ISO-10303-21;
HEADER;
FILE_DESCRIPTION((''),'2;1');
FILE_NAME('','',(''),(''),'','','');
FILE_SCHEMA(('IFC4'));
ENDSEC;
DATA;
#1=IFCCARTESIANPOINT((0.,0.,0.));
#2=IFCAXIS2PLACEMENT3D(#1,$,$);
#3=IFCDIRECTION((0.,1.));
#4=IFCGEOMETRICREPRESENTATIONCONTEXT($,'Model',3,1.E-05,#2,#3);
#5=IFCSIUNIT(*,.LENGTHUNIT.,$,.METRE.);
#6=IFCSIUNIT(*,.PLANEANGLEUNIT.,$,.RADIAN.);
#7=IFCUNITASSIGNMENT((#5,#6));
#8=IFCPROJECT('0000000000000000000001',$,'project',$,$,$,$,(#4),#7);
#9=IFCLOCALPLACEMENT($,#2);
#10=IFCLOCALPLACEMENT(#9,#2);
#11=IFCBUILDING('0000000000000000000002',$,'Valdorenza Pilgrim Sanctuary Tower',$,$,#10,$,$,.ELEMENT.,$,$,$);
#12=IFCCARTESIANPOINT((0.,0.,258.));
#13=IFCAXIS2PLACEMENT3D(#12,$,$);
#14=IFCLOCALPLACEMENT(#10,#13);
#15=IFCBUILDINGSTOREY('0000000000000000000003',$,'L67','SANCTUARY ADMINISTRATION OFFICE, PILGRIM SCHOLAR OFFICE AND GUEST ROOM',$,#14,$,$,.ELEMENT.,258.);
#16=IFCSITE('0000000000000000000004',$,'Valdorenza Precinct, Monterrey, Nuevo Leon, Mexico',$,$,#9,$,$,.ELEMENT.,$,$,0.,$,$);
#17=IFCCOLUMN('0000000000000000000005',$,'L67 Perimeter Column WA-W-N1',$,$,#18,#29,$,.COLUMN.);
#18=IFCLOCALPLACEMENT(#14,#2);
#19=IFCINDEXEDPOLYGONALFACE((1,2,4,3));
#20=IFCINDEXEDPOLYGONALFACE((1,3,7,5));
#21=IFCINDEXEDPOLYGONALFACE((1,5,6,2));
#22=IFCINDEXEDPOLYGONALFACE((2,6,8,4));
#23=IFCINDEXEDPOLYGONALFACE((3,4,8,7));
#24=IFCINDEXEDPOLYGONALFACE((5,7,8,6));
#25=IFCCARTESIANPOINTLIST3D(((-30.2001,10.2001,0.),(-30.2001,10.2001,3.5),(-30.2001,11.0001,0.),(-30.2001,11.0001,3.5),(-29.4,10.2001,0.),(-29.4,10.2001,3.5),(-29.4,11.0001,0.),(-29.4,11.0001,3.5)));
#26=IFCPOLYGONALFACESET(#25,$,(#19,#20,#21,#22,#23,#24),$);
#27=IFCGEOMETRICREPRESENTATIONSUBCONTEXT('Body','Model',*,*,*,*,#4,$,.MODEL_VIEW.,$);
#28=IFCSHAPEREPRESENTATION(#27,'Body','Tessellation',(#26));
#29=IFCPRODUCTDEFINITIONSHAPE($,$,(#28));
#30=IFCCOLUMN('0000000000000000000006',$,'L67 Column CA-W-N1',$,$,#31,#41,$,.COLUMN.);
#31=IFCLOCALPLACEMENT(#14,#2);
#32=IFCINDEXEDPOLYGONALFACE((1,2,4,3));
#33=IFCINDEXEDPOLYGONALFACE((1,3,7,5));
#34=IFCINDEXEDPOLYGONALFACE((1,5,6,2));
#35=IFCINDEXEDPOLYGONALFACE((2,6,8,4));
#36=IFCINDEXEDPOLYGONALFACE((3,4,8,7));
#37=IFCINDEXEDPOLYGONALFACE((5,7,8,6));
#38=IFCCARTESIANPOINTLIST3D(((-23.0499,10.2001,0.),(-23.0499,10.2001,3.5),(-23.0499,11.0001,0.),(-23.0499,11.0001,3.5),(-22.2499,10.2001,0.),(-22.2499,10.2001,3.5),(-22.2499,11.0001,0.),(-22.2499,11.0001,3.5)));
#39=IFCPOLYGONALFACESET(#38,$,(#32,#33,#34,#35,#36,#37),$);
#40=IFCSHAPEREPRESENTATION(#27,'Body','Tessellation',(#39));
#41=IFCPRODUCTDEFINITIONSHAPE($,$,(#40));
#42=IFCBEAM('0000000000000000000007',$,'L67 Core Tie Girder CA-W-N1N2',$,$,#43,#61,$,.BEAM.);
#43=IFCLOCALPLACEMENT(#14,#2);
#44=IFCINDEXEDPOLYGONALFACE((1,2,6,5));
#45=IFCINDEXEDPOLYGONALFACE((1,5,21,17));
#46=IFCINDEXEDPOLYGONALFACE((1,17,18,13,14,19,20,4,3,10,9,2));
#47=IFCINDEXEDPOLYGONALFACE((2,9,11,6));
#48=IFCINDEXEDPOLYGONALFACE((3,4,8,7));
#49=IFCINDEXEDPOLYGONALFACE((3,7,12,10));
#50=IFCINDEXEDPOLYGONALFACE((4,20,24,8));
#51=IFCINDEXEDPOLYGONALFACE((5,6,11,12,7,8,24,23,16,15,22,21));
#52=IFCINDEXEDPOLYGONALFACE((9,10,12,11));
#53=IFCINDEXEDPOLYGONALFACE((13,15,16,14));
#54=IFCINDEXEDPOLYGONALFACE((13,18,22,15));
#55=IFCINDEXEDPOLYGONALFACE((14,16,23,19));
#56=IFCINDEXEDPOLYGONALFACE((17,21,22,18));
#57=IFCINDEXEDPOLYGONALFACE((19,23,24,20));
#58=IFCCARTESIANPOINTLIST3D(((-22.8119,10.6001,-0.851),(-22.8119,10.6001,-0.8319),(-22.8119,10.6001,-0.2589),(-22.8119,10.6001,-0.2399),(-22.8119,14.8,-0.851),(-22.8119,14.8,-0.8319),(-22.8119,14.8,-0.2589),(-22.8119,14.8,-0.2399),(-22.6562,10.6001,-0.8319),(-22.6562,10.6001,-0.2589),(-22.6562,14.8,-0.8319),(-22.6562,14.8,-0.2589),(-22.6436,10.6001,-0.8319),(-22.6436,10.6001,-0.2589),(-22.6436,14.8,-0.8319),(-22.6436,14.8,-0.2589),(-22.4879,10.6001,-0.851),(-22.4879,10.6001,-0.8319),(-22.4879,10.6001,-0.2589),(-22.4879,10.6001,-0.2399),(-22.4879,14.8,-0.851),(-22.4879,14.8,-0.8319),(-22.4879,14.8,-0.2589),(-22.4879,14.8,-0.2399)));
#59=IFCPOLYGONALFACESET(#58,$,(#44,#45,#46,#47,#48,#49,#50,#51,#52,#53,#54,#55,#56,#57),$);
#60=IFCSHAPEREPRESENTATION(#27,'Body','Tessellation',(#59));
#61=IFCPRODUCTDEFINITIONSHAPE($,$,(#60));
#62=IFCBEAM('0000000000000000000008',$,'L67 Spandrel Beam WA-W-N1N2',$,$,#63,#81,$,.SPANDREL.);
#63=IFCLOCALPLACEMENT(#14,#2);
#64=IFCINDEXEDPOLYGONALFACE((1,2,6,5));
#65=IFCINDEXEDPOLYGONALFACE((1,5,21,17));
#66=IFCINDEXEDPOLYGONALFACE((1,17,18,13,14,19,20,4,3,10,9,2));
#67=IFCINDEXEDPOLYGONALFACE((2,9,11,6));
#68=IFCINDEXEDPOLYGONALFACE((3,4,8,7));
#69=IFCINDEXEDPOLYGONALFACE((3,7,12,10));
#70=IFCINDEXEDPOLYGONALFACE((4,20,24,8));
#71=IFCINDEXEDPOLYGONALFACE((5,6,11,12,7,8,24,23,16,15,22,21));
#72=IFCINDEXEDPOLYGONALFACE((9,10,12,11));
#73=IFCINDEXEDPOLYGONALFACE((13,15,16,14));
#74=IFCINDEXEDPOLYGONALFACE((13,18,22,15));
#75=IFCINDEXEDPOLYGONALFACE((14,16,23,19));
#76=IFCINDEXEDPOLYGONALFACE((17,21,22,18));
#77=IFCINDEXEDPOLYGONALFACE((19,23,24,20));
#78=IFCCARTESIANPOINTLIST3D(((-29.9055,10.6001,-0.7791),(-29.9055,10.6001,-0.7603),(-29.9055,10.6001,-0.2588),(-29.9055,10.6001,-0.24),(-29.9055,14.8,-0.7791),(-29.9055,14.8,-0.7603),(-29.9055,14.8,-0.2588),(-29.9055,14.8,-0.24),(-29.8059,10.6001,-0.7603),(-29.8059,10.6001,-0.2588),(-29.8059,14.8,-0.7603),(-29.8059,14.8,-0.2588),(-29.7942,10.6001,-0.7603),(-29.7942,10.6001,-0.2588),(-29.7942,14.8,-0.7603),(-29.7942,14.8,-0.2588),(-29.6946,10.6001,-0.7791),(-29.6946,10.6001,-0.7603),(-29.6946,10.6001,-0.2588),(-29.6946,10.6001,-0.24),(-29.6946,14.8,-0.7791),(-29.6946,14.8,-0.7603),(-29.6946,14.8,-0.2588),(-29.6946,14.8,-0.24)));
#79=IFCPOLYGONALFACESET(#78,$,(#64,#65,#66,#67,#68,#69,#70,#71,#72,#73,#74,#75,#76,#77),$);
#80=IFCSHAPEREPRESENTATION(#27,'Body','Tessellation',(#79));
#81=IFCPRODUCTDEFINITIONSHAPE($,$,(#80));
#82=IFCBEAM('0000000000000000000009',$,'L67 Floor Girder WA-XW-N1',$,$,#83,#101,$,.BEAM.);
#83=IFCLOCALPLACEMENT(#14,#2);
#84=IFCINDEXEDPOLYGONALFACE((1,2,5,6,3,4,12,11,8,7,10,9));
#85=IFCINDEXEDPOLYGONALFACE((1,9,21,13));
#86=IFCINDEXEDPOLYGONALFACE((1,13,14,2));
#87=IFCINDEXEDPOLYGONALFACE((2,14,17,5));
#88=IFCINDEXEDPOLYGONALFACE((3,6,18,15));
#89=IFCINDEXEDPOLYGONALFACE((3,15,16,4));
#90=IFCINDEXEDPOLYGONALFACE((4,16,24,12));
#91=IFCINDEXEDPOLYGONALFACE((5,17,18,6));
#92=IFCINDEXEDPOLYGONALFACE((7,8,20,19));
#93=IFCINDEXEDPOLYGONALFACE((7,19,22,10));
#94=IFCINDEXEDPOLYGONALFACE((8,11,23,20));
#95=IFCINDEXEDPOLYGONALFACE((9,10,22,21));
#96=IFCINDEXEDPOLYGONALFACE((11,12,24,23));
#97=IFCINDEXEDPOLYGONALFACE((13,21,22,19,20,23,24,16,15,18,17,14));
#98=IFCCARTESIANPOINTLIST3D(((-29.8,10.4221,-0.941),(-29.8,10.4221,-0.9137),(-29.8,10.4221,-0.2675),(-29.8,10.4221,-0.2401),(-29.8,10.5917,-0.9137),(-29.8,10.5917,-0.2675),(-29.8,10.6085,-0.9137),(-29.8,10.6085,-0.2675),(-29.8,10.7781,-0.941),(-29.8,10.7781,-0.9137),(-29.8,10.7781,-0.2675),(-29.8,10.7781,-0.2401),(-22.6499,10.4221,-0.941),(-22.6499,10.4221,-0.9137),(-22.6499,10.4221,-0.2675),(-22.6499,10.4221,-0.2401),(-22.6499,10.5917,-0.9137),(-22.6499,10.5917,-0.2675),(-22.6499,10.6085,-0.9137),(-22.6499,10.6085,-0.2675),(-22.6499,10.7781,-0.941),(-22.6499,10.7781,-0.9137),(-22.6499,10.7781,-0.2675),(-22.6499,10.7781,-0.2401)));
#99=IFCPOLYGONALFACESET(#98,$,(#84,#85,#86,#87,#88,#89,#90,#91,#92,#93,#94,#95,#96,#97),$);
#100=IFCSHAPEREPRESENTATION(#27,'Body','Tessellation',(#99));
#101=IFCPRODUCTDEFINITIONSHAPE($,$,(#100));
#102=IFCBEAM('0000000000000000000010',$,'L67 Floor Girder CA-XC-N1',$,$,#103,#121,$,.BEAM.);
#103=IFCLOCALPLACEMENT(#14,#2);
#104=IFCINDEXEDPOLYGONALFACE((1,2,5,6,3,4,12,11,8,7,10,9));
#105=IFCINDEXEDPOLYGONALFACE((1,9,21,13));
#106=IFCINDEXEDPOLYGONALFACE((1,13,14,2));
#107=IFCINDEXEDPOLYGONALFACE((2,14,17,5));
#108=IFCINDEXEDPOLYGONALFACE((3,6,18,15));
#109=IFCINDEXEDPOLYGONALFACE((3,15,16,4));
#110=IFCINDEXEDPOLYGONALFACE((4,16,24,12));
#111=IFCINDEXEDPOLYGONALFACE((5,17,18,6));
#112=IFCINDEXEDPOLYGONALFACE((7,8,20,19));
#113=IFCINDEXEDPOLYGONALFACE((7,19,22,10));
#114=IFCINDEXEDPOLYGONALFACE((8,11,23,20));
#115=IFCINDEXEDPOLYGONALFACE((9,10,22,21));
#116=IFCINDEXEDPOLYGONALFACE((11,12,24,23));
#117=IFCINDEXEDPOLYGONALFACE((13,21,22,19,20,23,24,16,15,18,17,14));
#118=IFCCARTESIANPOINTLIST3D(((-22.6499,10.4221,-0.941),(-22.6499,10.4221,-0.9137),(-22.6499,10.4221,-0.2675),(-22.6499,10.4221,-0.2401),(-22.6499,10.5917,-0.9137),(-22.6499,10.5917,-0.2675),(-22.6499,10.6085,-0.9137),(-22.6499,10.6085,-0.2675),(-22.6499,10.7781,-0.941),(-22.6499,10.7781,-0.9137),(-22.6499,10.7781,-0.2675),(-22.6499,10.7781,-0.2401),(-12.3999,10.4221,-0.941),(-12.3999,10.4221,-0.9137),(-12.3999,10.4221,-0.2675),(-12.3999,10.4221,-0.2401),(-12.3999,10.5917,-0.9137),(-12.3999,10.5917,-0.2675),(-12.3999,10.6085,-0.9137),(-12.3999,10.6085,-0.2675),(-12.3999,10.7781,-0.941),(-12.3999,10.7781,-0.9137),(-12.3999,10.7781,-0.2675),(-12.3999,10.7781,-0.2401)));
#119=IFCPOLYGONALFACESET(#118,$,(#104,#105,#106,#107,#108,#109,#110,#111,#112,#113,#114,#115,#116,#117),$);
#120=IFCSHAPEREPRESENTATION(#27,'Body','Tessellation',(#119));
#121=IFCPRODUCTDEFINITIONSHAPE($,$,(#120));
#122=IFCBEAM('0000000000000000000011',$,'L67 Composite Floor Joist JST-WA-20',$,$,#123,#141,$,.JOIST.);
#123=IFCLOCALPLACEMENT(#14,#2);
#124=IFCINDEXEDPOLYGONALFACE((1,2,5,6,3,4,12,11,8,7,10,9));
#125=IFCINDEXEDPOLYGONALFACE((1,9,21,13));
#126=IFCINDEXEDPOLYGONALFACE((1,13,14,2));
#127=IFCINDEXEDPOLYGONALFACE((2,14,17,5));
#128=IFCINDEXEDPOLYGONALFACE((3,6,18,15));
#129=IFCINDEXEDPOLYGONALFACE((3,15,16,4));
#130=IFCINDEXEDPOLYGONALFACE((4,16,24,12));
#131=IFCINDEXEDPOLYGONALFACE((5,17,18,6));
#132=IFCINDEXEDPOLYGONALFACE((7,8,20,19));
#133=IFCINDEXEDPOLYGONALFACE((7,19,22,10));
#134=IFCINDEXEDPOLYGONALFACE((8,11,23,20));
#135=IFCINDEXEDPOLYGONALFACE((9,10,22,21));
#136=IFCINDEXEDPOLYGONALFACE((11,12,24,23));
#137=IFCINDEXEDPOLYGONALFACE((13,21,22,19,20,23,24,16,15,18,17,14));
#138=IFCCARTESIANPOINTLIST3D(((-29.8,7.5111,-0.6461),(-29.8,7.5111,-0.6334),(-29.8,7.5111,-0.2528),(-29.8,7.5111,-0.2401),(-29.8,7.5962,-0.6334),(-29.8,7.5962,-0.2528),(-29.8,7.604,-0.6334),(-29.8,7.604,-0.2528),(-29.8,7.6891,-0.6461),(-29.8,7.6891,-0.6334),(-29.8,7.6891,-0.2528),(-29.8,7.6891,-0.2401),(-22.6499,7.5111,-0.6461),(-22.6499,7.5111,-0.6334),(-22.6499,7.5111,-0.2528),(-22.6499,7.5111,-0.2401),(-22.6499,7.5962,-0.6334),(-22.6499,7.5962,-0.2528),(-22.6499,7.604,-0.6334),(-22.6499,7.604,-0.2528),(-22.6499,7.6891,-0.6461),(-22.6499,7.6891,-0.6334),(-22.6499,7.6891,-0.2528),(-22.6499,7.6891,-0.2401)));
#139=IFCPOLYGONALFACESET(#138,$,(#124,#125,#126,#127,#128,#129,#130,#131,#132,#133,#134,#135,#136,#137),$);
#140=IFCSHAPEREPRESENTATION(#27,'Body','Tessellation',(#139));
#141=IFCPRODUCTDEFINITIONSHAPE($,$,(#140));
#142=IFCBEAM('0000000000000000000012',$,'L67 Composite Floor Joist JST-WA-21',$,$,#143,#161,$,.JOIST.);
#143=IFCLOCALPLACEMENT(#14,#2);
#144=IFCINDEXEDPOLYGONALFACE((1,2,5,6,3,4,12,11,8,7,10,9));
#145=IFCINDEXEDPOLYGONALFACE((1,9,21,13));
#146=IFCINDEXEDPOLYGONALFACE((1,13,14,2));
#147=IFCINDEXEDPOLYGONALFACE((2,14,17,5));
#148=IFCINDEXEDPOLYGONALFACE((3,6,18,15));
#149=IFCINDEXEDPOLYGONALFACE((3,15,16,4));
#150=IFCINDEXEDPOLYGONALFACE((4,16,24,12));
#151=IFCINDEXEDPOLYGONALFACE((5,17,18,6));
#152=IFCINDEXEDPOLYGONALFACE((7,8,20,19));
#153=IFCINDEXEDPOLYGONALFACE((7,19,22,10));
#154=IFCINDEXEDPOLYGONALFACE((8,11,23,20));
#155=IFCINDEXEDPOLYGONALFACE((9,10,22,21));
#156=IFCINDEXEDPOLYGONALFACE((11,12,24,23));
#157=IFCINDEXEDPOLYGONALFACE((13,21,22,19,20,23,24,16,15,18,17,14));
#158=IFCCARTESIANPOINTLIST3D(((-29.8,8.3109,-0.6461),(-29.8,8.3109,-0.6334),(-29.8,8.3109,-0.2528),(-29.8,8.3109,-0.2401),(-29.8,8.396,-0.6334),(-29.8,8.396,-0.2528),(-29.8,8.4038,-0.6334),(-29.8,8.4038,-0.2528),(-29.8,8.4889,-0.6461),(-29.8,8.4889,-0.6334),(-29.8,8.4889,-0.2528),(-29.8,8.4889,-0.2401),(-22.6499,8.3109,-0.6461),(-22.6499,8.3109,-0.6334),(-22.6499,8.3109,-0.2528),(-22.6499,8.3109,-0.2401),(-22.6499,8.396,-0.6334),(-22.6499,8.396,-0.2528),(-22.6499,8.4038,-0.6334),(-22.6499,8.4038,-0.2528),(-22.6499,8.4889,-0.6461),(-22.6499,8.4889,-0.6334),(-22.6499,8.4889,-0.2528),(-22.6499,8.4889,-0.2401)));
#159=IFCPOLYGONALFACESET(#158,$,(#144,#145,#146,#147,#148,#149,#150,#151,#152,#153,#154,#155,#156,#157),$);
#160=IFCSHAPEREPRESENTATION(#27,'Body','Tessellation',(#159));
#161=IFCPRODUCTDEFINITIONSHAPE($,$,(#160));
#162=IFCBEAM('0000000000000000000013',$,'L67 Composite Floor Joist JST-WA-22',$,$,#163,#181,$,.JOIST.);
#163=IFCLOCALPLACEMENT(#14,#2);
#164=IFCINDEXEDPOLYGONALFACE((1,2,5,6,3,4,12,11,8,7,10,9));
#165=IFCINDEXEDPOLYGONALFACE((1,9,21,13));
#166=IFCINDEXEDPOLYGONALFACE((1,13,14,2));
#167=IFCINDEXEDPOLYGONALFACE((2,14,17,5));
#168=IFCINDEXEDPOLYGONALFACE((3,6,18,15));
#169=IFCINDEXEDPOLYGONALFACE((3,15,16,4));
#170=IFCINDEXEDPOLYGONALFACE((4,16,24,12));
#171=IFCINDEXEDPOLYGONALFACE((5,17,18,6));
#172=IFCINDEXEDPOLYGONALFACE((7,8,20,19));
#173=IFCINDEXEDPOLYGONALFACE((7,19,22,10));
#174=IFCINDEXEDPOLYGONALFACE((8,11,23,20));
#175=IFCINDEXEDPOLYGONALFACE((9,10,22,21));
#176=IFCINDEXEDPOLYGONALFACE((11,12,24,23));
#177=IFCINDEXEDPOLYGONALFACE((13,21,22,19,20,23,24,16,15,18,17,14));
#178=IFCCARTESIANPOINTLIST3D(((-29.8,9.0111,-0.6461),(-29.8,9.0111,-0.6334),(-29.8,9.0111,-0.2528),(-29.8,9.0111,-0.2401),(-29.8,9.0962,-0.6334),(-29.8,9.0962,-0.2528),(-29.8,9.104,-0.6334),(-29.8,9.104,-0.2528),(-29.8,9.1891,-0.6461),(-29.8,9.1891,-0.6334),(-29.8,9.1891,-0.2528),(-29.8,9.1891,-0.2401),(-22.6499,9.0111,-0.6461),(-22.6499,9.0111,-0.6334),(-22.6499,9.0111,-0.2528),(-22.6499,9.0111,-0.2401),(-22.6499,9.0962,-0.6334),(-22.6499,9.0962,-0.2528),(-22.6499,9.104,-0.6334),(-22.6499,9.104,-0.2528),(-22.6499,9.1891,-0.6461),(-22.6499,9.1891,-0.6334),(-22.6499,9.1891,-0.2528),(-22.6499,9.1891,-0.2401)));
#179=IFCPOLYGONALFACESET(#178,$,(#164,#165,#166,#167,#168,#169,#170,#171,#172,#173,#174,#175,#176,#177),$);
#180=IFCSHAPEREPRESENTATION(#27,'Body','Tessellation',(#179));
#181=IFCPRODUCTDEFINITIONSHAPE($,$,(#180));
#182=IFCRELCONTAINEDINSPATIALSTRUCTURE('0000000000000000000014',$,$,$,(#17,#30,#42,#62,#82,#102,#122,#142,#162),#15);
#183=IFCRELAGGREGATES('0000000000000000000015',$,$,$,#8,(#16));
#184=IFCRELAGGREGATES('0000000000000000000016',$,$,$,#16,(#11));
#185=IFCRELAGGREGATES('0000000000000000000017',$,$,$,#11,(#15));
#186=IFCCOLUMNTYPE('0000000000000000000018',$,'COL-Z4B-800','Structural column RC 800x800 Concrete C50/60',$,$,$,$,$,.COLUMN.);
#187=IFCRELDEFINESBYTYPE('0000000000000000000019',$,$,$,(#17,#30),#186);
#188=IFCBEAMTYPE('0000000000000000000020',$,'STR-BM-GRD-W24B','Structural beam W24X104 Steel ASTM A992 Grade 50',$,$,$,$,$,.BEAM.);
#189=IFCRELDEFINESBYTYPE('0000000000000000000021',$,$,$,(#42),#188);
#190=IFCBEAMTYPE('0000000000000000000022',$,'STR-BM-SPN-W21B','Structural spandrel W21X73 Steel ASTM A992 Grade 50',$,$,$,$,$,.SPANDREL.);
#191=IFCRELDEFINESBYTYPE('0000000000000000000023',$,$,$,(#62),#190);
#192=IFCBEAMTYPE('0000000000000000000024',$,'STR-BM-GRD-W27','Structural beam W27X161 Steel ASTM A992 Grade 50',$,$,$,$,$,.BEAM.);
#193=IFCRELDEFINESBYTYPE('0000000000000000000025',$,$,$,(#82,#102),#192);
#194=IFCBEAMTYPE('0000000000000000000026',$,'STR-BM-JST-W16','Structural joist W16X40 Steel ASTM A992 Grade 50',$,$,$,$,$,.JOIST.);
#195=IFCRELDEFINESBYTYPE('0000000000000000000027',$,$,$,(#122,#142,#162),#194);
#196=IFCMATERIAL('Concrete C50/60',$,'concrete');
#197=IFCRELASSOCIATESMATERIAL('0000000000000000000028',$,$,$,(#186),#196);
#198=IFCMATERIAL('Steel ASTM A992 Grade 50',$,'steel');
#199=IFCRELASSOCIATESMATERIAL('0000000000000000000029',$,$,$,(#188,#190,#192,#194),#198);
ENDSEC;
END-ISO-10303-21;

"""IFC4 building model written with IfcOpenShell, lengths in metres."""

from ifc_helpers import new_model, si_unit, direction, frame, origin, origin_2d, place, context, subcontext, project, spatial, rectangle, i_section, extrude, source, transform, mapped, material, material_profile, profile_set, type_object, element, save


model = new_model("IFC4")

# Units and contexts
model_context = context("Model", 3, precision=1e-05, world=origin(), true_north=direction((0.0, 1.0)))
body_context = subcontext(model_context, "Body", "Model", "MODEL_VIEW")
ifc_project = project(units=[si_unit("LENGTHUNIT", "METRE"), si_unit("PLANEANGLEUNIT", "RADIAN")], contexts=[model_context])

# Site, building, storey
site_placement = place(None, origin())
site = spatial("IfcSite", under=ifc_project, at=site_placement, Name="Valdorenza Precinct, Monterrey, Nuevo Leon, Mexico", CompositionType="ELEMENT", RefElevation=0.0)
building_placement = place(site_placement, origin())
building = spatial("IfcBuilding", under=site, at=building_placement, Name="Valdorenza Pilgrim Sanctuary Tower", CompositionType="ELEMENT")
storey_placement = place(building_placement, frame((0.0, 0.0, 258.0)))
storey = spatial("IfcBuildingStorey", under=building, at=storey_placement, Name="L67", Description="SANCTUARY ADMINISTRATION OFFICE, PILGRIM SCHOLAR OFFICE AND GUEST ROOM", CompositionType="ELEMENT", Elevation=258.0)

# Columns
ifc_material_1 = material(Name="Concrete C50/60", Category="concrete")
ifc_material_profile_1 = material_profile(ifc_material_1, rectangle(XDim=0.8, YDim=0.8, at=origin_2d()), Name="RC 800x800")
ifc_profile_set_1 = profile_set([ifc_material_profile_1], Name="Concrete C50/60")
column_type = type_object("IfcColumnType", Name="COL-Z4B-800", Description="Structural column RC 800x800 Concrete C50/60", PredefinedType="COLUMN", material=ifc_profile_set_1)
shared_shape_1 = source(origin(), body_context, "Body", "SweptSolid", [
    extrude(rectangle(XDim=0.8, YDim=0.8, at=origin_2d()), origin(), (0.0, 0.0, 1.0), 3.5),
])
for number, where, z_axis, x_axis, name in (
    (1, (-29.8, 10.6001, 0.0), (0.0, 0.0, 1.0), (1.0, 0.0, 0.0), "L67 Perimeter Column WA-W-N1"),
    (2, (-22.6499, 10.6001, 0.0), (0.0, 0.0, 1.0), (1.0, 0.0, 0.0), "L67 Column CA-W-N1"),
):
    element("IfcColumn", number, at=place(storey_placement, frame(where, z_axis=z_axis, x_axis=x_axis)), inside=storey, type_object=column_type, Name=name, PredefinedType="COLUMN", context=body_context, shape_type="MappedRepresentation", body=[
        mapped(shared_shape_1, transform((0.0, 0.0, 0.0), x_axis=(1.0, 0.0, 0.0), y_axis=(0.0, 1.0, 0.0), z_axis=(0.0, 0.0, 1.0), scale=1.0)),
    ])

# Beams
ifc_material_2 = material(Name="Steel ASTM A992 Grade 50", Category="steel")
ifc_material_profile_2 = material_profile(ifc_material_2, i_section(OverallWidth=0.324, OverallDepth=0.6111, WebThickness=0.0127, FlangeThickness=0.019, at=origin_2d()), Name="W24X104")
ifc_profile_set_2 = profile_set([ifc_material_profile_2], Name="Steel ASTM A992 Grade 50")
beam_type_1 = type_object("IfcBeamType", Name="STR-BM-GRD-W24B", Description="Structural beam W24X104 Steel ASTM A992 Grade 50", PredefinedType="BEAM", material=ifc_profile_set_2)
shared_shape_2 = source(origin(), body_context, "Body", "SweptSolid", [
    extrude(i_section(OverallWidth=0.324, OverallDepth=0.6111, WebThickness=0.0127, FlangeThickness=0.019, at=origin_2d()), origin(), (0.0, 0.0, 1.0), 4.2),
])
beam_1_placement = place(storey_placement, frame((-22.6499, 10.6001, -0.5454), z_axis=(0.0, 1.0, 0.0), x_axis=(-1.0, 0.0, 0.0)))
element("IfcBeam", 3, at=beam_1_placement, inside=storey, type_object=beam_type_1, Name="L67 Core Tie Girder CA-W-N1N2", PredefinedType="BEAM", context=body_context, shape_type="MappedRepresentation", body=[
    mapped(shared_shape_2, transform((0.0, 0.0, 0.0), x_axis=(1.0, 0.0, 0.0), y_axis=(0.0, 1.0, 0.0), z_axis=(0.0, 0.0, 1.0), scale=1.0)),
])
ifc_material_profile_3 = material_profile(ifc_material_2, i_section(OverallWidth=0.2109, OverallDepth=0.5391, WebThickness=0.0117, FlangeThickness=0.0188, at=origin_2d()), Name="W21X73")
ifc_profile_set_3 = profile_set([ifc_material_profile_3], Name="Steel ASTM A992 Grade 50")
beam_type_2 = type_object("IfcBeamType", Name="STR-BM-SPN-W21B", Description="Structural spandrel W21X73 Steel ASTM A992 Grade 50", PredefinedType="SPANDREL", material=ifc_profile_set_3)
shared_shape_3 = source(origin(), body_context, "Body", "SweptSolid", [
    extrude(i_section(OverallWidth=0.2109, OverallDepth=0.5391, WebThickness=0.0117, FlangeThickness=0.0188, at=origin_2d()), origin(), (0.0, 0.0, 1.0), 4.2),
])
beam_2_placement = place(storey_placement, frame((-29.8, 10.6001, -0.5095), z_axis=(0.0, 1.0, 0.0), x_axis=(-1.0, 0.0, 0.0)))
element("IfcBeam", 4, at=beam_2_placement, inside=storey, type_object=beam_type_2, Name="L67 Spandrel Beam WA-W-N1N2", PredefinedType="SPANDREL", context=body_context, shape_type="MappedRepresentation", body=[
    mapped(shared_shape_3, transform((0.0, 0.0, 0.0), x_axis=(1.0, 0.0, 0.0), y_axis=(0.0, 1.0, 0.0), z_axis=(0.0, 0.0, 1.0), scale=1.0)),
])
ifc_material_profile_4 = material_profile(ifc_material_2, i_section(OverallWidth=0.356, OverallDepth=0.7009, WebThickness=0.0168, FlangeThickness=0.0273, at=origin_2d()), Name="W27X161")
ifc_profile_set_4 = profile_set([ifc_material_profile_4], Name="Steel ASTM A992 Grade 50")
beam_type_3 = type_object("IfcBeamType", Name="STR-BM-GRD-W27", Description="Structural beam W27X161 Steel ASTM A992 Grade 50", PredefinedType="BEAM", material=ifc_profile_set_4)
shared_shape_4 = source(origin(), body_context, "Body", "SweptSolid", [
    extrude(i_section(OverallWidth=0.356, OverallDepth=0.7009, WebThickness=0.0168, FlangeThickness=0.0273, at=origin_2d()), origin(), (0.0, 0.0, 1.0), 7.1501),
])
beam_3_placement = place(storey_placement, frame((-29.8, 10.6001, -0.5906), z_axis=(1.0, 0.0, 0.0), x_axis=(0.0, 1.0, 0.0)))
element("IfcBeam", 5, at=beam_3_placement, inside=storey, type_object=beam_type_3, Name="L67 Floor Girder WA-XW-N1", PredefinedType="BEAM", context=body_context, shape_type="MappedRepresentation", body=[
    mapped(shared_shape_4, transform((0.0, 0.0, 0.0), x_axis=(1.0, 0.0, 0.0), y_axis=(0.0, 1.0, 0.0), z_axis=(0.0, 0.0, 1.0), scale=1.0)),
])
shared_shape_5 = source(origin(), body_context, "Body", "SweptSolid", [
    extrude(i_section(OverallWidth=0.356, OverallDepth=0.7009, WebThickness=0.0168, FlangeThickness=0.0273, at=origin_2d()), origin(), (0.0, 0.0, 1.0), 10.25),
])
beam_4_placement = place(storey_placement, frame((-22.6499, 10.6001, -0.5906), z_axis=(1.0, 0.0, 0.0), x_axis=(0.0, 1.0, 0.0)))
element("IfcBeam", 6, at=beam_4_placement, inside=storey, type_object=beam_type_3, Name="L67 Floor Girder CA-XC-N1", PredefinedType="BEAM", context=body_context, shape_type="MappedRepresentation", body=[
    mapped(shared_shape_5, transform((0.0, 0.0, 0.0), x_axis=(1.0, 0.0, 0.0), y_axis=(0.0, 1.0, 0.0), z_axis=(0.0, 0.0, 1.0), scale=1.0)),
])
ifc_material_profile_5 = material_profile(ifc_material_2, i_section(OverallWidth=0.178, OverallDepth=0.406, WebThickness=0.0078, FlangeThickness=0.0127, at=origin_2d()), Name="W16X40")
ifc_profile_set_5 = profile_set([ifc_material_profile_5], Name="Steel ASTM A992 Grade 50")
beam_type_4 = type_object("IfcBeamType", Name="STR-BM-JST-W16", Description="Structural joist W16X40 Steel ASTM A992 Grade 50", PredefinedType="JOIST", material=ifc_profile_set_5)
shared_shape_6 = source(origin(), body_context, "Body", "SweptSolid", [
    extrude(i_section(OverallWidth=0.178, OverallDepth=0.406, WebThickness=0.0078, FlangeThickness=0.0127, at=origin_2d()), origin(), (0.0, 0.0, 1.0), 7.1501),
])
for number, where, z_axis, x_axis, name in (
    (7, (-29.8, 7.6001, -0.4431), (1.0, 0.0, 0.0), (0.0, 1.0, 0.0), "L67 Composite Floor Joist JST-WA-20"),
    (8, (-29.8, 8.3999, -0.4431), (1.0, 0.0, 0.0), (0.0, 1.0, 0.0), "L67 Composite Floor Joist JST-WA-21"),
    (9, (-29.8, 9.1001, -0.4431), (1.0, 0.0, 0.0), (0.0, 1.0, 0.0), "L67 Composite Floor Joist JST-WA-22"),
):
    element("IfcBeam", number, at=place(storey_placement, frame(where, z_axis=z_axis, x_axis=x_axis)), inside=storey, type_object=beam_type_4, Name=name, PredefinedType="JOIST", context=body_context, shape_type="MappedRepresentation", body=[
        mapped(shared_shape_6, transform((0.0, 0.0, 0.0), x_axis=(1.0, 0.0, 0.0), y_axis=(0.0, 1.0, 0.0), z_axis=(0.0, 0.0, 1.0), scale=1.0)),
    ])

save(model, "model.ifc")
